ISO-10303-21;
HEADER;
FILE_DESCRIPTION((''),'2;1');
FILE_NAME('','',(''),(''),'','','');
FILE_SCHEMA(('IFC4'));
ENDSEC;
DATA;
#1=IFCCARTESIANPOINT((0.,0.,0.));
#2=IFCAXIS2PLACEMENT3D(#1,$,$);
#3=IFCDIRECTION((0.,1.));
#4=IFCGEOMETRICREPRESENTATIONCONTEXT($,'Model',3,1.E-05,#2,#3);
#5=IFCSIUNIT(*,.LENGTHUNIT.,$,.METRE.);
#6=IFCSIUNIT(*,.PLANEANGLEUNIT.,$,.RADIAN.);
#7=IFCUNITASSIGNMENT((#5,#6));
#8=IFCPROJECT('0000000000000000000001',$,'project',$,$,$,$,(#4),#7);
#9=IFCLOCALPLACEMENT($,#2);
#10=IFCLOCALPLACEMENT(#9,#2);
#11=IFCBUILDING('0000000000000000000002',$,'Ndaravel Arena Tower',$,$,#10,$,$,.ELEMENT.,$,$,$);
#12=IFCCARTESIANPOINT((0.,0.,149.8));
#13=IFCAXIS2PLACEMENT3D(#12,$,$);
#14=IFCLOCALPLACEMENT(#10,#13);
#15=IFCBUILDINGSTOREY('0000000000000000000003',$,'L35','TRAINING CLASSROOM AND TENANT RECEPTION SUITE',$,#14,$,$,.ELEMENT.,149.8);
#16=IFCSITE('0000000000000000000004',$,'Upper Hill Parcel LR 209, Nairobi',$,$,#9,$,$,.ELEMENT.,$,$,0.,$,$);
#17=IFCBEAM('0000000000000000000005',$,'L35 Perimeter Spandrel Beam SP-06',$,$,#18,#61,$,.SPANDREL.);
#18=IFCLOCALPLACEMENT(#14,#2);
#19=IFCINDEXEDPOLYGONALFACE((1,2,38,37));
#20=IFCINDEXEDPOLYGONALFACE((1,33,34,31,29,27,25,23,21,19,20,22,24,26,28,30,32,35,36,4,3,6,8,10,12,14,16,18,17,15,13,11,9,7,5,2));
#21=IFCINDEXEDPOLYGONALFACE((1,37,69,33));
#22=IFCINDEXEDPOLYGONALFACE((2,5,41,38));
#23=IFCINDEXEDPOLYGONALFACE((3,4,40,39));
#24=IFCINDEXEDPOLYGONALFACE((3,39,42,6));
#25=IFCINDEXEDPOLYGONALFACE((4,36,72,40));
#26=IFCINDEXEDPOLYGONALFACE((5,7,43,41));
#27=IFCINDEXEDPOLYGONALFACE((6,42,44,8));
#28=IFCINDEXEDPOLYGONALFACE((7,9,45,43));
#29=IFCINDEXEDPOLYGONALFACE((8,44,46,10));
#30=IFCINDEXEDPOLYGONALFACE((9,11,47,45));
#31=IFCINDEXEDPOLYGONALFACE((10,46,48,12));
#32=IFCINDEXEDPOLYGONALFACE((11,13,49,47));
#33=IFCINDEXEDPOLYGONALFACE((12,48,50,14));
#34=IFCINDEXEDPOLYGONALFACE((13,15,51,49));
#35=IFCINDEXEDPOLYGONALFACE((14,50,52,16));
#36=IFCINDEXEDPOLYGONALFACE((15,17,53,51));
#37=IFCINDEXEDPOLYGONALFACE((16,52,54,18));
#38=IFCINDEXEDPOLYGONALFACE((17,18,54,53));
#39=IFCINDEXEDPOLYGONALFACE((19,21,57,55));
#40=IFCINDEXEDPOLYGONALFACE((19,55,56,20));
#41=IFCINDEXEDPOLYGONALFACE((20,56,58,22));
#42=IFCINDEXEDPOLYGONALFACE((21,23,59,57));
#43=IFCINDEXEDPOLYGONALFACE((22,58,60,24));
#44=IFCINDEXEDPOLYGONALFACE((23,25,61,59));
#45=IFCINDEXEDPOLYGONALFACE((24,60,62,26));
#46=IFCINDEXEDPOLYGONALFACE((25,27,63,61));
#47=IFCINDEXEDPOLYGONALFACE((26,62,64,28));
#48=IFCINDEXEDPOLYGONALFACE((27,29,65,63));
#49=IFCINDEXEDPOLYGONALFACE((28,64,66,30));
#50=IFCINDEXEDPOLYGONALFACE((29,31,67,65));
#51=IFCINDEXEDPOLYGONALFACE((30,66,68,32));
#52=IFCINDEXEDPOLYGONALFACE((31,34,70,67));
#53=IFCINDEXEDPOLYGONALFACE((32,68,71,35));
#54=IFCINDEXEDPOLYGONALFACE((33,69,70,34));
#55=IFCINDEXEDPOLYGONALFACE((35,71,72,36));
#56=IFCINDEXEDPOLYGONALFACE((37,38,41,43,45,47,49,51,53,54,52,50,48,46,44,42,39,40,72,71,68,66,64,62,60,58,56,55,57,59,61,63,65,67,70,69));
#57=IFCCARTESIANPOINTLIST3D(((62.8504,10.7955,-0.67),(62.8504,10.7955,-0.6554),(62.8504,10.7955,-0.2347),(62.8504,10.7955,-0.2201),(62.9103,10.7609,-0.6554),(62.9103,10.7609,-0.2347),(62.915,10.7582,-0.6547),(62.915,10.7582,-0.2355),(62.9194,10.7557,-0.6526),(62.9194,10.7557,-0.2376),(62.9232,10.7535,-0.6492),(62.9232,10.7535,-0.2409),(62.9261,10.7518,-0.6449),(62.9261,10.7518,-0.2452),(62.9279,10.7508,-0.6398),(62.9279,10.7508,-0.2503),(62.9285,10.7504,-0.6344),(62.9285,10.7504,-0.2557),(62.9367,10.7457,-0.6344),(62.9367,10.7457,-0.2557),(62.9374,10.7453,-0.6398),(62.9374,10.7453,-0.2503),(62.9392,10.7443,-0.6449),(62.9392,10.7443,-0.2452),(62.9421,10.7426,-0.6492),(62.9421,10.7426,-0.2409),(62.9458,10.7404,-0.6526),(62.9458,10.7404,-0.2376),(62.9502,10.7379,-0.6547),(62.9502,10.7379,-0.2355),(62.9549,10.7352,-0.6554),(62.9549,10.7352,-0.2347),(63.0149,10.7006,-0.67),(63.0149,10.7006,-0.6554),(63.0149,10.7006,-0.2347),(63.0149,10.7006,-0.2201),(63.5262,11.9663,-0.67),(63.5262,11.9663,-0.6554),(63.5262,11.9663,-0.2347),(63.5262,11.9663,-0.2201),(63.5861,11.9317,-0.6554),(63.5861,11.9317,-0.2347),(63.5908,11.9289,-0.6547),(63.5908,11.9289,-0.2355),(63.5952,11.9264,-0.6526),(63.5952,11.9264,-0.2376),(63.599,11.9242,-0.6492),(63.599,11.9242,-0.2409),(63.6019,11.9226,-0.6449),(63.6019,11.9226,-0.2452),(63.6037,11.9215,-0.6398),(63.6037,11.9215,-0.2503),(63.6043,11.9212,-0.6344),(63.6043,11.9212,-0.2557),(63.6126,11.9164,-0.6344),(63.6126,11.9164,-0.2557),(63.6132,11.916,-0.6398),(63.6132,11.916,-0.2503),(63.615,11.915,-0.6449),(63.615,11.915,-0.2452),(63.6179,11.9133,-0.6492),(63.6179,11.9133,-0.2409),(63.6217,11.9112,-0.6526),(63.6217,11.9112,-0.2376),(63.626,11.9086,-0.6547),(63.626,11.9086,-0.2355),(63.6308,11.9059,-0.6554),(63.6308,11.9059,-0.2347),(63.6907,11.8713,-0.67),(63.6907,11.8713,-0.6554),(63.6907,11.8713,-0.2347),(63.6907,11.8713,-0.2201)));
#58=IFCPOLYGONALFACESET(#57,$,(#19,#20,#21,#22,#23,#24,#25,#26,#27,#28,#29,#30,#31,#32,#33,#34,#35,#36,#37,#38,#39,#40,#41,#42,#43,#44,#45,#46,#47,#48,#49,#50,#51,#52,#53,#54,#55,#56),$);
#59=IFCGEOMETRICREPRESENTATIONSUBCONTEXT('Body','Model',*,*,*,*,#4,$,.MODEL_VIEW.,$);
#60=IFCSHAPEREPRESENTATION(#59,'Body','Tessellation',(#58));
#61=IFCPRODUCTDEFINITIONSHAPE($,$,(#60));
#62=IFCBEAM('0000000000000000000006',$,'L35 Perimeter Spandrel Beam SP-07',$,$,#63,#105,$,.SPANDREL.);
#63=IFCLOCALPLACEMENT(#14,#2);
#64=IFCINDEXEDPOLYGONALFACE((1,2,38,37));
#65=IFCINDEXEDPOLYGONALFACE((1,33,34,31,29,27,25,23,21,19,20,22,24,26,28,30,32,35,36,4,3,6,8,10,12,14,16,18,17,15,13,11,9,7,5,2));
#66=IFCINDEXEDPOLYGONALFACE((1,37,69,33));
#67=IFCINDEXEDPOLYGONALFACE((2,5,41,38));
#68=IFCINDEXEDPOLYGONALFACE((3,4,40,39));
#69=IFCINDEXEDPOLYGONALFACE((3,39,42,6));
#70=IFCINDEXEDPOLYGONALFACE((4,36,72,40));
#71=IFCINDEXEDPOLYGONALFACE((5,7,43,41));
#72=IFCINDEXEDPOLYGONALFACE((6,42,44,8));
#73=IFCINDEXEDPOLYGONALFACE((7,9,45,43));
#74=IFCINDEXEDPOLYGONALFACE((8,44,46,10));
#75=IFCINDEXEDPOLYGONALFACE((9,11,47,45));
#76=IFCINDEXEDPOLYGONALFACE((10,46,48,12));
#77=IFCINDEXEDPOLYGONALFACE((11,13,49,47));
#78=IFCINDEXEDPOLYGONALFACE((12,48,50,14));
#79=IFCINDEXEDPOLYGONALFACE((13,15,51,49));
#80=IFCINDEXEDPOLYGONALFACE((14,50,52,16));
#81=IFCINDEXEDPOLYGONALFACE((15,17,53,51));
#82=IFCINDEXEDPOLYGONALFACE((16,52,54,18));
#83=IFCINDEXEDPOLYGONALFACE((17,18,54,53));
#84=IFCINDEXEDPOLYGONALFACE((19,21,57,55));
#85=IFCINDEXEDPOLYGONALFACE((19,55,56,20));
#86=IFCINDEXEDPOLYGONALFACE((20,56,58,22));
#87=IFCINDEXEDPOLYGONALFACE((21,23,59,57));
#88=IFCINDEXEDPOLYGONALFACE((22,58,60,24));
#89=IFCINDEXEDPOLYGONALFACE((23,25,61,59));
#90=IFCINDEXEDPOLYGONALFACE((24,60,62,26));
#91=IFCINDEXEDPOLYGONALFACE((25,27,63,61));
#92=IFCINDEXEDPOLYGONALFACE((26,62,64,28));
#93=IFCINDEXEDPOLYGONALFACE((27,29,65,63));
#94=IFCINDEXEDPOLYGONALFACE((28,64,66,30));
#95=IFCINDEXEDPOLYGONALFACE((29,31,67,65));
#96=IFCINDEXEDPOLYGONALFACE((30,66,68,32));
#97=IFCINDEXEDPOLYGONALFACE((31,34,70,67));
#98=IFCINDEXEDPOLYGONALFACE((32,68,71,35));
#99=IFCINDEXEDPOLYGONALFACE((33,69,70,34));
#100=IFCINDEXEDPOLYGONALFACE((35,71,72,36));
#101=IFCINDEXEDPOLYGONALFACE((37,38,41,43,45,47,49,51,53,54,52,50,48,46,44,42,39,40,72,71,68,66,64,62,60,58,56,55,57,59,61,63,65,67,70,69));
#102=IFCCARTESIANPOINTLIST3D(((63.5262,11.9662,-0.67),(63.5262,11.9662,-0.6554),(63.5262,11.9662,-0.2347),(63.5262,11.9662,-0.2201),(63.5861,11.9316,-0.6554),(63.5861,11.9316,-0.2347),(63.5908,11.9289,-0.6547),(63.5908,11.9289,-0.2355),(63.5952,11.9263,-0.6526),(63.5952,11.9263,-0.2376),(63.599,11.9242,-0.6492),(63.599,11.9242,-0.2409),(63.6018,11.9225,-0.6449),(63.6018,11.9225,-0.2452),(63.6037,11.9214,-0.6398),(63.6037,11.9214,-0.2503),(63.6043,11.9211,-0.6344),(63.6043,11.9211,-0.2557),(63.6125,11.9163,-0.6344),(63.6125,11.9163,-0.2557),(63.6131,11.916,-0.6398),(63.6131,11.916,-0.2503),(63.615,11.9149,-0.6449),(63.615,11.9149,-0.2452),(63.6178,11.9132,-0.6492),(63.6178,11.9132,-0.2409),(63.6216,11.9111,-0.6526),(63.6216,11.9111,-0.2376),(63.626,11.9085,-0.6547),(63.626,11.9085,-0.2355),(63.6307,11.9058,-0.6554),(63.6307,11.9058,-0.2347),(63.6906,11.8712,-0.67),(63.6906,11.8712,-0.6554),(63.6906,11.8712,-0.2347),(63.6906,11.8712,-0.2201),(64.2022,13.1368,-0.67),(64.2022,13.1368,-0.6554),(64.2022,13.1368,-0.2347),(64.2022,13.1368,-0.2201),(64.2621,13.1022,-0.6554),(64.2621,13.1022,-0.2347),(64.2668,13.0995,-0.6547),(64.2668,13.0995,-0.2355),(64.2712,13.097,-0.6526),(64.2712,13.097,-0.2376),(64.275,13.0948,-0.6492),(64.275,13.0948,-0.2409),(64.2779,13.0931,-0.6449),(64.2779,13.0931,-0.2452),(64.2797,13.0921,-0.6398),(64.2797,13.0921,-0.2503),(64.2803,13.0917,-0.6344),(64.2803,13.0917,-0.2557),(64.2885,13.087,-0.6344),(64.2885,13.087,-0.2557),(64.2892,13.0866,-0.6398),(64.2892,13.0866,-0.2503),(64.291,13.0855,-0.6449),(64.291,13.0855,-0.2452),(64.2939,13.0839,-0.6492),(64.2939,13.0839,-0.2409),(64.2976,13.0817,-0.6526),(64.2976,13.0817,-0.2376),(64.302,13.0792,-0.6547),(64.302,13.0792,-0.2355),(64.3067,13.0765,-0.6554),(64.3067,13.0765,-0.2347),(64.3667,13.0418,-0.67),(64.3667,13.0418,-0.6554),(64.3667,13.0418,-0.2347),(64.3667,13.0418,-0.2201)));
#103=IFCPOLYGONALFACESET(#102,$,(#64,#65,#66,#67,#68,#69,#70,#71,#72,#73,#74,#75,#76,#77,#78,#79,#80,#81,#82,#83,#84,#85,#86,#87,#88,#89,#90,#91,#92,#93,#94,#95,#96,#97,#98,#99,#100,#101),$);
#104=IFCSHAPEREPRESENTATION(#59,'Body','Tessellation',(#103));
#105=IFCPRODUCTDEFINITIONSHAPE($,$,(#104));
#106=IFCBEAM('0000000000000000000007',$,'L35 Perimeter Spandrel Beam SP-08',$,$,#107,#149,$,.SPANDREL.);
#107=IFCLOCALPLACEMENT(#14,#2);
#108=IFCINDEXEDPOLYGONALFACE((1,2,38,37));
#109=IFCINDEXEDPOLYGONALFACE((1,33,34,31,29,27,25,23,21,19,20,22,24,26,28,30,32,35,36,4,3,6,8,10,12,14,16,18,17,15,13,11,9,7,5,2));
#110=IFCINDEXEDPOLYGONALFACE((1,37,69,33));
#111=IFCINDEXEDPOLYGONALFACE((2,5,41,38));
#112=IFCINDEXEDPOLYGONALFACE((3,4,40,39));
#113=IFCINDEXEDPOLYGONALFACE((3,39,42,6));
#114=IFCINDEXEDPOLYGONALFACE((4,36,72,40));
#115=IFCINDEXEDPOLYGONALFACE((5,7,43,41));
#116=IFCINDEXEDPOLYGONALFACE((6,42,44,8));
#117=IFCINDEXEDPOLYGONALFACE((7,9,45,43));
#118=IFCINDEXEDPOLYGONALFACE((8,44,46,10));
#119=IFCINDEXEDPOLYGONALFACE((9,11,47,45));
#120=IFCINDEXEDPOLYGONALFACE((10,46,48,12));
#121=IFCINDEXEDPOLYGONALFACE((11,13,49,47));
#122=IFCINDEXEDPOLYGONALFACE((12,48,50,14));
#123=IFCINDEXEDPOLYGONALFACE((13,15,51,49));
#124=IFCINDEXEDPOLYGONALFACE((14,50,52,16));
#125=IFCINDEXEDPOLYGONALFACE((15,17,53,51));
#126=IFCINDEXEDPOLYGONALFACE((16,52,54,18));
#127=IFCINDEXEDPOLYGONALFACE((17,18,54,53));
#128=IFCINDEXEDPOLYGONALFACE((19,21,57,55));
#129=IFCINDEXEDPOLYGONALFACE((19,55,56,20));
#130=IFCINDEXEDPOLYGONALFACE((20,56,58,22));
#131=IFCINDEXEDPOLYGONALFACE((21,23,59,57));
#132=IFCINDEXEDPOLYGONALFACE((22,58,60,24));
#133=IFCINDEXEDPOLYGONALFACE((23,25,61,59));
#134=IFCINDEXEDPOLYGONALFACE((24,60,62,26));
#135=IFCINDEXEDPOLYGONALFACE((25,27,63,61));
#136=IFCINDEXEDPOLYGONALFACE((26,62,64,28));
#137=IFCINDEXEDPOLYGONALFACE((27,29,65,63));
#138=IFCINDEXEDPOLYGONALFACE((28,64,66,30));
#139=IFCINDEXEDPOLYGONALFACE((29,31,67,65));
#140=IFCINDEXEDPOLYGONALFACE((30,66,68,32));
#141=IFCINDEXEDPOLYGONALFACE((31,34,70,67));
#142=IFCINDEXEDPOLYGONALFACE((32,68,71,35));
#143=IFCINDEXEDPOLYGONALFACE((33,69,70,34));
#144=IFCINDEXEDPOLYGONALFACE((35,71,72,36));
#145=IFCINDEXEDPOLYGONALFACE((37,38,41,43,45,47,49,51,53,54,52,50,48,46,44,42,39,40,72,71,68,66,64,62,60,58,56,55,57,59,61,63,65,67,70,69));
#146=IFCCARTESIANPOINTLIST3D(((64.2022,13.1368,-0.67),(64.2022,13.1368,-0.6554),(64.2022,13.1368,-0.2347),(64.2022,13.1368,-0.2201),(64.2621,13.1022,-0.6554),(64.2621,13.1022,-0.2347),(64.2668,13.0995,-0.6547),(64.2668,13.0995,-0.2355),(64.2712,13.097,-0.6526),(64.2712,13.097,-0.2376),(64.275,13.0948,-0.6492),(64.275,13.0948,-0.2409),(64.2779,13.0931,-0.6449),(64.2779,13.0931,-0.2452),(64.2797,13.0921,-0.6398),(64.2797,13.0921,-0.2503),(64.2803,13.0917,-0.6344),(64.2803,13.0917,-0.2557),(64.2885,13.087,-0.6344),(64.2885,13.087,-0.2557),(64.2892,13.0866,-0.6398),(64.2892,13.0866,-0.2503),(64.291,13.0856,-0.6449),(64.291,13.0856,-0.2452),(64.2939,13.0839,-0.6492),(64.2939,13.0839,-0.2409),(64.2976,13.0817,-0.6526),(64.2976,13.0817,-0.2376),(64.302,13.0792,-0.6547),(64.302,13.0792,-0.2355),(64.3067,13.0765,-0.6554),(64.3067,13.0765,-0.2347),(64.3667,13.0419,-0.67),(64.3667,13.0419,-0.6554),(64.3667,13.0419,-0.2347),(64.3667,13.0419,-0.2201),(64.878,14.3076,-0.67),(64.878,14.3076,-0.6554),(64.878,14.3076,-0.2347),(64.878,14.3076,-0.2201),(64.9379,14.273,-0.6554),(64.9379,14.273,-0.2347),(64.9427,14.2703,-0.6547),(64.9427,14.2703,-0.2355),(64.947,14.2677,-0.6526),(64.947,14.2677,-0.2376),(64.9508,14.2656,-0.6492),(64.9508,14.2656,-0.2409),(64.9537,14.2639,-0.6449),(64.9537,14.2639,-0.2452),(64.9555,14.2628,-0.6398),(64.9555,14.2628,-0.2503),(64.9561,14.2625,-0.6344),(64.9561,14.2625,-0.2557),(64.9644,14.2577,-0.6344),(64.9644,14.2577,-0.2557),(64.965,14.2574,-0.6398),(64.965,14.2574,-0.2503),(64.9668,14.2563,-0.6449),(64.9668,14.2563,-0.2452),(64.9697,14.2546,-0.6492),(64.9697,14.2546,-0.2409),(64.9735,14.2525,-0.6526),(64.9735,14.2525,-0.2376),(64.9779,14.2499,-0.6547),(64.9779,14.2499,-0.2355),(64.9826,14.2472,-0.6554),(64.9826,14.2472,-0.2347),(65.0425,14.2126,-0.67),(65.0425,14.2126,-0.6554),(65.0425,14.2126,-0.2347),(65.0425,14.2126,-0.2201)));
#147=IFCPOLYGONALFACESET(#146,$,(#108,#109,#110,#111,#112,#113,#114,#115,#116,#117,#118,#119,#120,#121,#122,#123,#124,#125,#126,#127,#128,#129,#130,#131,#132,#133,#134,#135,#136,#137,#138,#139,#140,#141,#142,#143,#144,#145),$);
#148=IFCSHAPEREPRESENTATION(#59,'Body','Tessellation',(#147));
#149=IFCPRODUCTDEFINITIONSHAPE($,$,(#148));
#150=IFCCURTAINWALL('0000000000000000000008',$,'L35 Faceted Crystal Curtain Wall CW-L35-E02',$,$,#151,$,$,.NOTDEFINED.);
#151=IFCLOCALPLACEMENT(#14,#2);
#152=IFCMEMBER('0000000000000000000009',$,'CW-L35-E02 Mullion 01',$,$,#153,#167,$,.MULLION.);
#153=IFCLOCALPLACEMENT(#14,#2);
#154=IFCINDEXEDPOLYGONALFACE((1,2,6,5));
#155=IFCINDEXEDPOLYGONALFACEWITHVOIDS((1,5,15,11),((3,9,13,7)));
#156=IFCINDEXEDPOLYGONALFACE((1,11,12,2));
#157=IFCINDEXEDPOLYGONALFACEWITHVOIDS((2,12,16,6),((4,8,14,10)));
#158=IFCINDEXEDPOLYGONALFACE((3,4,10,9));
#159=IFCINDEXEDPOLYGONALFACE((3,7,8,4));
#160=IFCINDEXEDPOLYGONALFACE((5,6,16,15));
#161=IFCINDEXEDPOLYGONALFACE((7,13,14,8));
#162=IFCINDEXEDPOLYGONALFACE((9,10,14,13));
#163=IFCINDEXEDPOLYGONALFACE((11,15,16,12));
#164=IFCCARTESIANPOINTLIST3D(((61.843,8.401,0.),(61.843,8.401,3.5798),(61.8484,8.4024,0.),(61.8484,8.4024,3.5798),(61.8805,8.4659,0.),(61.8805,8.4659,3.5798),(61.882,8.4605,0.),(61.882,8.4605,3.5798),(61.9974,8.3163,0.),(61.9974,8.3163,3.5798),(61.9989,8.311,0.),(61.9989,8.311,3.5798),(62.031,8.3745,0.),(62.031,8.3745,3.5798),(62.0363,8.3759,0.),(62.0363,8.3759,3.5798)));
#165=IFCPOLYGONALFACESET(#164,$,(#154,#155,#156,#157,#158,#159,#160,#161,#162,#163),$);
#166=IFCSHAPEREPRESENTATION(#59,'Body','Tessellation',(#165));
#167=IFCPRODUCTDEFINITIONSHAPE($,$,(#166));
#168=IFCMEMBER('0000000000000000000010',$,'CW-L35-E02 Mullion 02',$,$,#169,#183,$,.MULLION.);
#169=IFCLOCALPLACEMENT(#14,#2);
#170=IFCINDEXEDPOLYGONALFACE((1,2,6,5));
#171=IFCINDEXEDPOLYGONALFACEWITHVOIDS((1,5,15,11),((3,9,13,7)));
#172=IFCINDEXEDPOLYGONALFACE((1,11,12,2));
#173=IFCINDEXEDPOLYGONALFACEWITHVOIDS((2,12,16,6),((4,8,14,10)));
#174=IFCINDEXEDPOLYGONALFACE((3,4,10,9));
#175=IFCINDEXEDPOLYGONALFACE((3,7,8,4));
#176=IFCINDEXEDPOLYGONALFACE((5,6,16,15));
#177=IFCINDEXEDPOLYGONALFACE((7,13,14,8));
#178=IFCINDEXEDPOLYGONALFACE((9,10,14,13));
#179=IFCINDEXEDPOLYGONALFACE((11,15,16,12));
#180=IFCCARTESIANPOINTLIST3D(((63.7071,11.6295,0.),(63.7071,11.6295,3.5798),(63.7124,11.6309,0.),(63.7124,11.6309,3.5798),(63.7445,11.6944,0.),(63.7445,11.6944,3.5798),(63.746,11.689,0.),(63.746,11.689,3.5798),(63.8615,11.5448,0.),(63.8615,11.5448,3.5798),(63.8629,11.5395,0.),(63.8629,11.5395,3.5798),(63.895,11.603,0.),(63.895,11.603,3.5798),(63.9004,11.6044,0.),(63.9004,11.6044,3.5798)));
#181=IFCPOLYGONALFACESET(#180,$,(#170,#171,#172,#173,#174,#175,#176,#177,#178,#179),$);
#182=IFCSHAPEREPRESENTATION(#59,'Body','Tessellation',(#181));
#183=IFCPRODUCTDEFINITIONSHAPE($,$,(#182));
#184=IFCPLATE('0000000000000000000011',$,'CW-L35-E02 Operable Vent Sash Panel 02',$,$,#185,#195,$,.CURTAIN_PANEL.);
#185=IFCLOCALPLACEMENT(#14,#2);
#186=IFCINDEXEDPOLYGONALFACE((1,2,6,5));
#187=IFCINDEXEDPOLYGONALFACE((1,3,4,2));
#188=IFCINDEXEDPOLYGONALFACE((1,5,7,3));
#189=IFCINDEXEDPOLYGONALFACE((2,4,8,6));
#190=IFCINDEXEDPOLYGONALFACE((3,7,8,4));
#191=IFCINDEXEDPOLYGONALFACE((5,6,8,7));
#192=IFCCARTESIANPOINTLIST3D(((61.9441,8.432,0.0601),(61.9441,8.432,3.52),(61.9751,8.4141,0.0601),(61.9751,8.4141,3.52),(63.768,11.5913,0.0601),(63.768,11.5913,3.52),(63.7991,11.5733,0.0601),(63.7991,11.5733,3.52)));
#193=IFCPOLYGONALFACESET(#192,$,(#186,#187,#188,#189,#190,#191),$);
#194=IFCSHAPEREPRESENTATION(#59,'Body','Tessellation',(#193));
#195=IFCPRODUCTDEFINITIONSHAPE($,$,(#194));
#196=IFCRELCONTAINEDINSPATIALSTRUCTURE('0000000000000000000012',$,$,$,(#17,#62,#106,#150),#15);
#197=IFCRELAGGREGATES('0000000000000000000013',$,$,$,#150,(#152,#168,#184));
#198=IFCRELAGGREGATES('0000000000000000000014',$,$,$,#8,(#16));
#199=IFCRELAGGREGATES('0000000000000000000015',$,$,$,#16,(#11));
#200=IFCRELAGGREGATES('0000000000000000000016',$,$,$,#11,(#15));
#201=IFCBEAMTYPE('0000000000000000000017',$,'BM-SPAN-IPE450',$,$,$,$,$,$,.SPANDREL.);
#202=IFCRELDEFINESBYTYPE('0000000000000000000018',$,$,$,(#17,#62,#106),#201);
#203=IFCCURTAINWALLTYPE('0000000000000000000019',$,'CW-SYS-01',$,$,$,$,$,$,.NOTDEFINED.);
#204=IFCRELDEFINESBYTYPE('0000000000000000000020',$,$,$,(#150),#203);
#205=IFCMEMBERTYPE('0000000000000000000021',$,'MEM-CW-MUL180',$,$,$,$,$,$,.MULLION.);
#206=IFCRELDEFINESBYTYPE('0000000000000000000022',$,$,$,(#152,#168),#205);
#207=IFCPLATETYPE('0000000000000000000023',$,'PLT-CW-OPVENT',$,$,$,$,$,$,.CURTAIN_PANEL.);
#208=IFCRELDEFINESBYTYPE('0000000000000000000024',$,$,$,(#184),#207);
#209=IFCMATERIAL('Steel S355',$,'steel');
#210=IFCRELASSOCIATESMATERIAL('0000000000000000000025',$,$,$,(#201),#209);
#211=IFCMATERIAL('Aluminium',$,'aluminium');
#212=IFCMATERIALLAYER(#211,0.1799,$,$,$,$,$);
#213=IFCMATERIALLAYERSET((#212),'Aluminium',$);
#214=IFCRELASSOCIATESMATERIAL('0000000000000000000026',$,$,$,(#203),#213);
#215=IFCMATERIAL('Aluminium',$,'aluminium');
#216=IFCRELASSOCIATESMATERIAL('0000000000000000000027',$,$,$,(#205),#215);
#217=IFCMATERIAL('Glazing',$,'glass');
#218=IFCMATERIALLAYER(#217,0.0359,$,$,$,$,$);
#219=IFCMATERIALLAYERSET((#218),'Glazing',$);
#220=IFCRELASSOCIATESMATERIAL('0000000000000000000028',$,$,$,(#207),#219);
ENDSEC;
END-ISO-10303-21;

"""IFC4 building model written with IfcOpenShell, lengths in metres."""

from ifc_helpers import new_model, si_unit, direction, frame, origin, origin_2d, place, context, subcontext, project, spatial, rectangle, hollow_rectangle, i_section, extrude, material, layer, layer_set, material_profile, profile_set, type_object, element, aggregate, save


model = new_model("IFC4")

# Units and contexts
model_context = context("Model", 3, precision=1e-05, world=origin(), true_north=direction((0.0, 1.0)))
body_context = subcontext(model_context, "Body", "Model", "MODEL_VIEW")
ifc_project = project(units=[si_unit("LENGTHUNIT", "METRE"), si_unit("PLANEANGLEUNIT", "RADIAN")], contexts=[model_context])

# Site, building, storey
site_placement = place(None, origin())
site = spatial("IfcSite", under=ifc_project, at=site_placement, Name="Upper Hill Parcel LR 209, Nairobi", CompositionType="ELEMENT", RefElevation=0.0)
building_placement = place(site_placement, origin())
building = spatial("IfcBuilding", under=site, at=building_placement, Name="Ndaravel Arena Tower", CompositionType="ELEMENT")
storey_placement = place(building_placement, frame((0.0, 0.0, 149.8)))
storey = spatial("IfcBuildingStorey", under=building, at=storey_placement, Name="L35", Description="TRAINING CLASSROOM AND TENANT RECEPTION SUITE", CompositionType="ELEMENT", Elevation=149.8)

# Beams
ifc_material_1 = material(Name="Steel S355", Category="steel")
ifc_material_profile_1 = material_profile(ifc_material_1, i_section(OverallWidth=0.1899, OverallDepth=0.45, WebThickness=0.0095, FlangeThickness=0.0146, FilletRadius=0.021, at=origin_2d()), Name="IPE 450")
ifc_profile_set_1 = profile_set([ifc_material_profile_1], Name="Steel S355")
beam_type = type_object("IfcBeamType", Name="BM-SPAN-IPE450", PredefinedType="SPANDREL", material=ifc_profile_set_1)
for number, where, z_axis, x_axis, name in (
    (1, (62.9326, 10.748, -0.4451), (0.499947, 0.866056, 0.0), (-0.866056, 0.499947, 0.0), "L35 Perimeter Spandrel Beam SP-06"),
    (2, (63.6084, 11.9187, -0.4451), (0.500082, 0.865978, 0.0), (-0.865978, 0.500082, 0.0), "L35 Perimeter Spandrel Beam SP-07"),
    (3, (64.2844, 13.0894, -0.4451), (0.499947, 0.866056, 0.0), (-0.866056, 0.499947, 0.0), "L35 Perimeter Spandrel Beam SP-08"),
):
    element("IfcBeam", number, at=place(storey_placement, frame(where, z_axis=z_axis, x_axis=x_axis)), inside=storey, type_object=beam_type, Name=name, PredefinedType="SPANDREL", context=body_context, shape_type="SweptSolid", body=[
        extrude(i_section(OverallWidth=0.1899, OverallDepth=0.45, WebThickness=0.0095, FlangeThickness=0.0146, FilletRadius=0.021, at=origin_2d()), origin(), (0.0, 0.0, 1.0), 1.3518),
    ])

# Curtain wall, members, plate
ifc_material_2 = material(Name="Aluminium", Category="aluminium")
ifc_layer_1 = layer(ifc_material_2, 0.1799)
ifc_layer_set_1 = layer_set([ifc_layer_1], Name="Aluminium")
curtain_wall_type = type_object("IfcCurtainWallType", Name="CW-SYS-01", PredefinedType="NOTDEFINED", material=ifc_layer_set_1)
curtain_wall_placement = place(storey_placement, origin())
curtain_wall = element("IfcCurtainWall", 4, at=curtain_wall_placement, inside=storey, type_object=curtain_wall_type, Name="L35 Faceted Crystal Curtain Wall CW-L35-E02", PredefinedType="NOTDEFINED")
ifc_material_3 = material(Name="Aluminium", Category="aluminium")
ifc_material_profile_2 = material_profile(ifc_material_3, hollow_rectangle(XDim=0.075, YDim=0.1799, WallThickness=0.0039, at=origin_2d()), Name="CW MULLION 75x180x4")
ifc_profile_set_2 = profile_set([ifc_material_profile_2], Name="Aluminium")
member_type = type_object("IfcMemberType", Name="MEM-CW-MUL180", PredefinedType="MULLION", material=ifc_profile_set_2)
member_1_placement = place(storey_placement, frame((61.9397, 8.3884, 0.0), z_axis=(0.0, 0.0, 1.0), x_axis=(0.5, 0.866025, 0.0)))
member_1 = element("IfcMember", 5, at=member_1_placement, type_object=member_type, Name="CW-L35-E02 Mullion 01", PredefinedType="MULLION", context=body_context, shape_type="SweptSolid", body=[
    extrude(hollow_rectangle(XDim=0.075, YDim=0.1799, WallThickness=0.0039, at=origin_2d()), origin(), (0.0, 0.0, 1.0), 3.5798),
])
member_2_placement = place(storey_placement, frame((63.8037, 11.6169, 0.0), z_axis=(0.0, 0.0, 1.0), x_axis=(0.5, 0.866025, 0.0)))
member_2 = element("IfcMember", 6, at=member_2_placement, type_object=member_type, Name="CW-L35-E02 Mullion 02", PredefinedType="MULLION", context=body_context, shape_type="SweptSolid", body=[
    extrude(hollow_rectangle(XDim=0.075, YDim=0.1799, WallThickness=0.0039, at=origin_2d()), origin(), (0.0, 0.0, 1.0), 3.5798),
])
ifc_material_4 = material(Name="Glazing", Category="glass")
ifc_layer_2 = layer(ifc_material_4, 0.0359)
ifc_layer_set_2 = layer_set([ifc_layer_2], Name="Glazing")
plate_type_1 = type_object("IfcPlateType", Name="PLT-CW-OPVENT", PredefinedType="CURTAIN_PANEL", material=ifc_layer_set_2)
plate_1_placement = place(storey_placement, frame((62.8716, 10.0027, 0.0601), z_axis=(0.0, 0.0, 1.0), x_axis=(0.5, 0.866025, 0.0)))
plate_1 = element("IfcPlate", 7, at=plate_1_placement, type_object=plate_type_1, Name="CW-L35-E02 Operable Vent Sash Panel 02", PredefinedType="CURTAIN_PANEL", context=body_context, shape_type="SweptSolid", body=[
    extrude(rectangle(XDim=3.6479, YDim=0.0359, at=origin_2d()), origin(), (0.0, 0.0, 1.0), 3.46),
])
aggregate(curtain_wall, [member_1, member_2, plate_1])

save(model, "model.ifc")
